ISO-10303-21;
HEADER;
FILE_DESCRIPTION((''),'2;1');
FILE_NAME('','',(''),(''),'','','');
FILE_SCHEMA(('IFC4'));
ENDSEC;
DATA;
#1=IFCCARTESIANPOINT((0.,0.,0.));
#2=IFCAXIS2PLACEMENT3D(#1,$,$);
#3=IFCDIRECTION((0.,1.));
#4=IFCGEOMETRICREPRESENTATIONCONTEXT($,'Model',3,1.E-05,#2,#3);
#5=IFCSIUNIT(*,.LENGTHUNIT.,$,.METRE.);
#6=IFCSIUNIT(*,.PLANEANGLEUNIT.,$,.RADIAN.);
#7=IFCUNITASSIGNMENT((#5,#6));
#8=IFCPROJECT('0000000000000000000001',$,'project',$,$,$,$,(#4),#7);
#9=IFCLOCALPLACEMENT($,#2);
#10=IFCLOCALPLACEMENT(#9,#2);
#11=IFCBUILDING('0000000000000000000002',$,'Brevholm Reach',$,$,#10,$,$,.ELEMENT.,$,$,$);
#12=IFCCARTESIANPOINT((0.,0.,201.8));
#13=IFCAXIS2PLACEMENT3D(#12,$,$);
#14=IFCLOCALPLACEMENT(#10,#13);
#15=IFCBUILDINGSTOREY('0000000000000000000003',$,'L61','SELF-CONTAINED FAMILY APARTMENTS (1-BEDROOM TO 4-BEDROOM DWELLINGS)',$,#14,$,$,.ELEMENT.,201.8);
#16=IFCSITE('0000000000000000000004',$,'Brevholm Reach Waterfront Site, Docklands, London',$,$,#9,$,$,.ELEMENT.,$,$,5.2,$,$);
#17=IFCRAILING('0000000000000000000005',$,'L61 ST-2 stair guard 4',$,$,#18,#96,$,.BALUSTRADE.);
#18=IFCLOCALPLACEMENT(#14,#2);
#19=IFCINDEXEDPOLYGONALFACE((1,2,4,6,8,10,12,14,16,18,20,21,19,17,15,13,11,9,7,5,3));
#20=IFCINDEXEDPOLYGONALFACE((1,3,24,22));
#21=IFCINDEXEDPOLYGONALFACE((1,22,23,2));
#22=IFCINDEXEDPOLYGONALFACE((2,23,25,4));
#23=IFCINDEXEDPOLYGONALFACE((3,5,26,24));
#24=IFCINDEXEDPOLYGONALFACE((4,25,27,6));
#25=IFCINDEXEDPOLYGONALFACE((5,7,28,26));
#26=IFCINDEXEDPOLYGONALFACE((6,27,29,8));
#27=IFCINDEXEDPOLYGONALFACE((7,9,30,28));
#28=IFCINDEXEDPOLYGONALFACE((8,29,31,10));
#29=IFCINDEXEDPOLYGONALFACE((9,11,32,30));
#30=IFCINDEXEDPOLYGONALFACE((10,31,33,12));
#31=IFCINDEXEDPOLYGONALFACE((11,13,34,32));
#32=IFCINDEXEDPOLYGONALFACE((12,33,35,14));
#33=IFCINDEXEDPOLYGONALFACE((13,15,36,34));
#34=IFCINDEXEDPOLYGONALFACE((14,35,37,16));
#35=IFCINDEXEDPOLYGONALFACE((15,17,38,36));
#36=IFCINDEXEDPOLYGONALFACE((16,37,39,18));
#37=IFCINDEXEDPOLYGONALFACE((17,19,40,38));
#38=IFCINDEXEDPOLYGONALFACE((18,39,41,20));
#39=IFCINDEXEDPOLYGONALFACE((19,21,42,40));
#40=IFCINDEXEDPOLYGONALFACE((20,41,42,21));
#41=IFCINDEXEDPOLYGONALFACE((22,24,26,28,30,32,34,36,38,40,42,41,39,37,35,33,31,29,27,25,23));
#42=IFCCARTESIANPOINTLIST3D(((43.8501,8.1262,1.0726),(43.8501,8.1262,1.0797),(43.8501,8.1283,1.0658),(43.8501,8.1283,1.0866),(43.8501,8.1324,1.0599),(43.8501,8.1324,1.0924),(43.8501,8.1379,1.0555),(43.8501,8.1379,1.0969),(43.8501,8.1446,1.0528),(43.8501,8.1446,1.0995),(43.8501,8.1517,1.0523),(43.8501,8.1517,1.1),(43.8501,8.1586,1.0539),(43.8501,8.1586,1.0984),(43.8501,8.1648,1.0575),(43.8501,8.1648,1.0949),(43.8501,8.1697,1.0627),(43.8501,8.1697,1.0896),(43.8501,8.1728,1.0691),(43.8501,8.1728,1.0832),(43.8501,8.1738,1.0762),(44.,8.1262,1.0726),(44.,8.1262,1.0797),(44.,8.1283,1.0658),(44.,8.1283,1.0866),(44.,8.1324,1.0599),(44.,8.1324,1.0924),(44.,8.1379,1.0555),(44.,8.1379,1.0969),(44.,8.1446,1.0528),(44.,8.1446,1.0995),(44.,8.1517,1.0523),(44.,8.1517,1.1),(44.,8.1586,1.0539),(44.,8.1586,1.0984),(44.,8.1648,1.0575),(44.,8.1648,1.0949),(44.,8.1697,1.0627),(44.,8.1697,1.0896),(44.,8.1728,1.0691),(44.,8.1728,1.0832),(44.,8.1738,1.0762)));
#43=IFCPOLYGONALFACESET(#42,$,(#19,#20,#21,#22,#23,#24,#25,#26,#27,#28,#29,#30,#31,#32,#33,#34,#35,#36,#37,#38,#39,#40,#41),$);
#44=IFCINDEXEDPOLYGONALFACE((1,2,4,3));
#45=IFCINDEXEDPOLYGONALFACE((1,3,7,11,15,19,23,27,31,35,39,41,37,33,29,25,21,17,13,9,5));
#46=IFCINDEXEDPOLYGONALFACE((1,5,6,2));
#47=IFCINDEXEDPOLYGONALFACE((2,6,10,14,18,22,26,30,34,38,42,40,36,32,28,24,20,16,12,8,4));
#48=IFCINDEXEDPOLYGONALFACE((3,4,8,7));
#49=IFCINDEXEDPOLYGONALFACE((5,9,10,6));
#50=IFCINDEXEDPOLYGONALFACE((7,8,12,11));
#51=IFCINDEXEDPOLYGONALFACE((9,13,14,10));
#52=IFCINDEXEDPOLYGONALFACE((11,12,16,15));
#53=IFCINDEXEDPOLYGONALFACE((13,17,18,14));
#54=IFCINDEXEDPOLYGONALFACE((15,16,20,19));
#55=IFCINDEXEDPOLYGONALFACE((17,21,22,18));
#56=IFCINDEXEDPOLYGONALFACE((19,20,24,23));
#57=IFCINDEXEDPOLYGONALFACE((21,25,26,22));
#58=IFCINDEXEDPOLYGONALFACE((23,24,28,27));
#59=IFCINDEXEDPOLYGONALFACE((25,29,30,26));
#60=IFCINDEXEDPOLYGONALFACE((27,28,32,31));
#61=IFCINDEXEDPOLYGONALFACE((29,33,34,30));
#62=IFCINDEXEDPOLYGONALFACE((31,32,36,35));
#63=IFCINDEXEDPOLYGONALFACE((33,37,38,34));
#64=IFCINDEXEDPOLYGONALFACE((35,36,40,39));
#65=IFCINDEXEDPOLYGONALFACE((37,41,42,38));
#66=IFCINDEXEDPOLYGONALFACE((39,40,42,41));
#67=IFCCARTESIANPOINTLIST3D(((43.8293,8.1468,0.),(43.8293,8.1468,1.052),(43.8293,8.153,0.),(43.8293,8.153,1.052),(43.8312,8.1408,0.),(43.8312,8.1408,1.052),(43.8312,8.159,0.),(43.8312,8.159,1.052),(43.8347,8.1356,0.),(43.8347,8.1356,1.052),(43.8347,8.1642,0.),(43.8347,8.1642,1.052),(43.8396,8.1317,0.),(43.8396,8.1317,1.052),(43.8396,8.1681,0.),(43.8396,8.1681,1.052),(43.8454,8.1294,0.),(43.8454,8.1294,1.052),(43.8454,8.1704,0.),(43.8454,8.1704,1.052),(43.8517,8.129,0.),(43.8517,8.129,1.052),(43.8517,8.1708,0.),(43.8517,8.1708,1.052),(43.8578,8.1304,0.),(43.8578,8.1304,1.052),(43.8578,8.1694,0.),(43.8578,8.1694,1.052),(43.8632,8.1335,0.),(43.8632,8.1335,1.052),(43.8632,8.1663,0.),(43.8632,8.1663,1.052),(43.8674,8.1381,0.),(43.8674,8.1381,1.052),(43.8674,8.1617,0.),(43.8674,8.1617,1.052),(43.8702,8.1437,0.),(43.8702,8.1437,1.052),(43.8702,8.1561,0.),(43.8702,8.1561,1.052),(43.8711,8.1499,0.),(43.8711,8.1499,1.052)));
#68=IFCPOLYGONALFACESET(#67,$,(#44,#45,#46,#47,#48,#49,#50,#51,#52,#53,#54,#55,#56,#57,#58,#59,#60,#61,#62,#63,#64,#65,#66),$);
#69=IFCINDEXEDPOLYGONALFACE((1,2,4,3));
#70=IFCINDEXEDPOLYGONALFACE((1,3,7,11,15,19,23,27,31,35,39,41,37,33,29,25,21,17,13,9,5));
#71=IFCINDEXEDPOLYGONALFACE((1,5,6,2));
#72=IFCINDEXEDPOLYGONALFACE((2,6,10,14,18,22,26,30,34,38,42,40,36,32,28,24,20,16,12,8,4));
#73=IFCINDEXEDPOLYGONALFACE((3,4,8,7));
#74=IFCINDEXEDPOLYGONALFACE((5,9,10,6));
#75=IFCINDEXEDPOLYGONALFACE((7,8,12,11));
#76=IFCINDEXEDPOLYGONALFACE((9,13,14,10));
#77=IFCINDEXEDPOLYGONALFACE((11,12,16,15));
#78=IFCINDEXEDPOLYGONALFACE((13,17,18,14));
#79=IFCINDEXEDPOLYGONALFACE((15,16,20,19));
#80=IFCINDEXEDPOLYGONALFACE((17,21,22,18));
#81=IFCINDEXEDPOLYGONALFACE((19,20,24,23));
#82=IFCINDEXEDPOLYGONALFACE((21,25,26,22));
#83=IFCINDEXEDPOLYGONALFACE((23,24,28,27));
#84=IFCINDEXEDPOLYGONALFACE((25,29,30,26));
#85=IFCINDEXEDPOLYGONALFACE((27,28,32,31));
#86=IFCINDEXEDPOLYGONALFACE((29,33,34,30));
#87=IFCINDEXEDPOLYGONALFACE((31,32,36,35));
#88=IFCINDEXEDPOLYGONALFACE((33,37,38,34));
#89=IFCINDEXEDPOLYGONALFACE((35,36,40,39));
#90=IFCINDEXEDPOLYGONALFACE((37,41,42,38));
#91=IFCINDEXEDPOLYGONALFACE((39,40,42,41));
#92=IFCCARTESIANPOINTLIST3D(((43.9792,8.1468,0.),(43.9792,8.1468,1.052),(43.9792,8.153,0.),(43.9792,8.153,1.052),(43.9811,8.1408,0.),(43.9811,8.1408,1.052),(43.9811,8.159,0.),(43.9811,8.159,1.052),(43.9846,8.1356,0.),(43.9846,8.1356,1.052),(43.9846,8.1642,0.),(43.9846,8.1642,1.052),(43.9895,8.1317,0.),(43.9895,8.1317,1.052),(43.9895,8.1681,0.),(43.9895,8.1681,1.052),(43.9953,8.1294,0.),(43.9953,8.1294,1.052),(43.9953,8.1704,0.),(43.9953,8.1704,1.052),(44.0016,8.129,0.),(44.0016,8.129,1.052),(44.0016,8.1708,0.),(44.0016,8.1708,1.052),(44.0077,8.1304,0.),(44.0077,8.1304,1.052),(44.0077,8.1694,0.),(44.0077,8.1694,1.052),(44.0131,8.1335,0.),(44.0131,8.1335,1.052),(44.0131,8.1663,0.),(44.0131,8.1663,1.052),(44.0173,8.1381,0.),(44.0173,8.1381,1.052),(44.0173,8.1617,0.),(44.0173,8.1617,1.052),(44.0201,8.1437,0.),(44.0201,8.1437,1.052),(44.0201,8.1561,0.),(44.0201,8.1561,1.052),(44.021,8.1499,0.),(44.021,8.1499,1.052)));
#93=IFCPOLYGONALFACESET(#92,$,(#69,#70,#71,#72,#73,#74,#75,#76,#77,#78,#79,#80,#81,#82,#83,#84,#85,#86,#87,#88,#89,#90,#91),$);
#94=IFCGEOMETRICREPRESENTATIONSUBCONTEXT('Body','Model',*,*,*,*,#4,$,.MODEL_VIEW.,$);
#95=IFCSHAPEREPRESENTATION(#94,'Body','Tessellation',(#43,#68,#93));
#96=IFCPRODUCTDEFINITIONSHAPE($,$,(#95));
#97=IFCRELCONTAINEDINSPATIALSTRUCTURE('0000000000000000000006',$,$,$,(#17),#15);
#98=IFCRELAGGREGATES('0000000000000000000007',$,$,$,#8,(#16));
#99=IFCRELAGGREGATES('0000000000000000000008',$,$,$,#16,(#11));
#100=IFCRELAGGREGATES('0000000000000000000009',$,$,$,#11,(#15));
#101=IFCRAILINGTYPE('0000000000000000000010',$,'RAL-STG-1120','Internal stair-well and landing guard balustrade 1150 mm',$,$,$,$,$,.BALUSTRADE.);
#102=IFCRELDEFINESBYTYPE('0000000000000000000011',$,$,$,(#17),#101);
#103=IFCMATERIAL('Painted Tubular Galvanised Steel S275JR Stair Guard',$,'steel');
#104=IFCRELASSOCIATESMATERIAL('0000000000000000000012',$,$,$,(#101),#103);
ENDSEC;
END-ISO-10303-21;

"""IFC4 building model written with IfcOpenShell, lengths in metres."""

from ifc_helpers import new_model, si_unit, direction, frame, origin, origin_2d, place, context, subcontext, project, spatial, circle, extrude, material, type_object, element, save


model = new_model("IFC4")

# Units and contexts
model_context = context("Model", 3, precision=1e-05, world=origin(), true_north=direction((0.0, 1.0)))
body_context = subcontext(model_context, "Body", "Model", "MODEL_VIEW")
ifc_project = project(units=[si_unit("LENGTHUNIT", "METRE"), si_unit("PLANEANGLEUNIT", "RADIAN")], contexts=[model_context])

# Site, building, storey
site_placement = place(None, origin())
site = spatial("IfcSite", under=ifc_project, at=site_placement, Name="Brevholm Reach Waterfront Site, Docklands, London", CompositionType="ELEMENT", RefElevation=5.2)
building_placement = place(site_placement, origin())
building = spatial("IfcBuilding", under=site, at=building_placement, Name="Brevholm Reach", CompositionType="ELEMENT")
storey_placement = place(building_placement, frame((0.0, 0.0, 201.8)))
storey = spatial("IfcBuildingStorey", under=building, at=storey_placement, Name="L61", Description="SELF-CONTAINED FAMILY APARTMENTS (1-BEDROOM TO 4-BEDROOM DWELLINGS)", CompositionType="ELEMENT", Elevation=201.8)

# Railing
ifc_material_1 = material(Name="Painted Tubular Galvanised Steel S275JR Stair Guard", Category="steel")
railing_type_1 = type_object("IfcRailingType", Name="RAL-STG-1120", Description="Internal stair-well and landing guard balustrade 1150 mm", PredefinedType="BALUSTRADE", material=ifc_material_1)
railing_1_placement = place(storey_placement, frame((43.8501, 8.1499, 0.0)))
element("IfcRailing", 1, at=railing_1_placement, inside=storey, type_object=railing_type_1, Name="L61 ST-2 stair guard 4", PredefinedType="BALUSTRADE", context=body_context, shape_type="SweptSolid", body=[
    extrude(circle(Radius=0.0239, at=origin_2d()), frame((0.0, 0.0, 1.0762), z_axis=(1.0, 0.0, 0.0), x_axis=(0.0, 1.0, 0.0)), (0.0, 0.0, 1.0), 0.1499),
    extrude(circle(Radius=0.021, at=origin_2d()), origin(), (0.0, 0.0, 1.0), 1.052),
    extrude(circle(Radius=0.021, at=origin_2d()), frame((0.1499, 0.0, 0.0)), (0.0, 0.0, 1.0), 1.052),
])

save(model, "model.ifc")
